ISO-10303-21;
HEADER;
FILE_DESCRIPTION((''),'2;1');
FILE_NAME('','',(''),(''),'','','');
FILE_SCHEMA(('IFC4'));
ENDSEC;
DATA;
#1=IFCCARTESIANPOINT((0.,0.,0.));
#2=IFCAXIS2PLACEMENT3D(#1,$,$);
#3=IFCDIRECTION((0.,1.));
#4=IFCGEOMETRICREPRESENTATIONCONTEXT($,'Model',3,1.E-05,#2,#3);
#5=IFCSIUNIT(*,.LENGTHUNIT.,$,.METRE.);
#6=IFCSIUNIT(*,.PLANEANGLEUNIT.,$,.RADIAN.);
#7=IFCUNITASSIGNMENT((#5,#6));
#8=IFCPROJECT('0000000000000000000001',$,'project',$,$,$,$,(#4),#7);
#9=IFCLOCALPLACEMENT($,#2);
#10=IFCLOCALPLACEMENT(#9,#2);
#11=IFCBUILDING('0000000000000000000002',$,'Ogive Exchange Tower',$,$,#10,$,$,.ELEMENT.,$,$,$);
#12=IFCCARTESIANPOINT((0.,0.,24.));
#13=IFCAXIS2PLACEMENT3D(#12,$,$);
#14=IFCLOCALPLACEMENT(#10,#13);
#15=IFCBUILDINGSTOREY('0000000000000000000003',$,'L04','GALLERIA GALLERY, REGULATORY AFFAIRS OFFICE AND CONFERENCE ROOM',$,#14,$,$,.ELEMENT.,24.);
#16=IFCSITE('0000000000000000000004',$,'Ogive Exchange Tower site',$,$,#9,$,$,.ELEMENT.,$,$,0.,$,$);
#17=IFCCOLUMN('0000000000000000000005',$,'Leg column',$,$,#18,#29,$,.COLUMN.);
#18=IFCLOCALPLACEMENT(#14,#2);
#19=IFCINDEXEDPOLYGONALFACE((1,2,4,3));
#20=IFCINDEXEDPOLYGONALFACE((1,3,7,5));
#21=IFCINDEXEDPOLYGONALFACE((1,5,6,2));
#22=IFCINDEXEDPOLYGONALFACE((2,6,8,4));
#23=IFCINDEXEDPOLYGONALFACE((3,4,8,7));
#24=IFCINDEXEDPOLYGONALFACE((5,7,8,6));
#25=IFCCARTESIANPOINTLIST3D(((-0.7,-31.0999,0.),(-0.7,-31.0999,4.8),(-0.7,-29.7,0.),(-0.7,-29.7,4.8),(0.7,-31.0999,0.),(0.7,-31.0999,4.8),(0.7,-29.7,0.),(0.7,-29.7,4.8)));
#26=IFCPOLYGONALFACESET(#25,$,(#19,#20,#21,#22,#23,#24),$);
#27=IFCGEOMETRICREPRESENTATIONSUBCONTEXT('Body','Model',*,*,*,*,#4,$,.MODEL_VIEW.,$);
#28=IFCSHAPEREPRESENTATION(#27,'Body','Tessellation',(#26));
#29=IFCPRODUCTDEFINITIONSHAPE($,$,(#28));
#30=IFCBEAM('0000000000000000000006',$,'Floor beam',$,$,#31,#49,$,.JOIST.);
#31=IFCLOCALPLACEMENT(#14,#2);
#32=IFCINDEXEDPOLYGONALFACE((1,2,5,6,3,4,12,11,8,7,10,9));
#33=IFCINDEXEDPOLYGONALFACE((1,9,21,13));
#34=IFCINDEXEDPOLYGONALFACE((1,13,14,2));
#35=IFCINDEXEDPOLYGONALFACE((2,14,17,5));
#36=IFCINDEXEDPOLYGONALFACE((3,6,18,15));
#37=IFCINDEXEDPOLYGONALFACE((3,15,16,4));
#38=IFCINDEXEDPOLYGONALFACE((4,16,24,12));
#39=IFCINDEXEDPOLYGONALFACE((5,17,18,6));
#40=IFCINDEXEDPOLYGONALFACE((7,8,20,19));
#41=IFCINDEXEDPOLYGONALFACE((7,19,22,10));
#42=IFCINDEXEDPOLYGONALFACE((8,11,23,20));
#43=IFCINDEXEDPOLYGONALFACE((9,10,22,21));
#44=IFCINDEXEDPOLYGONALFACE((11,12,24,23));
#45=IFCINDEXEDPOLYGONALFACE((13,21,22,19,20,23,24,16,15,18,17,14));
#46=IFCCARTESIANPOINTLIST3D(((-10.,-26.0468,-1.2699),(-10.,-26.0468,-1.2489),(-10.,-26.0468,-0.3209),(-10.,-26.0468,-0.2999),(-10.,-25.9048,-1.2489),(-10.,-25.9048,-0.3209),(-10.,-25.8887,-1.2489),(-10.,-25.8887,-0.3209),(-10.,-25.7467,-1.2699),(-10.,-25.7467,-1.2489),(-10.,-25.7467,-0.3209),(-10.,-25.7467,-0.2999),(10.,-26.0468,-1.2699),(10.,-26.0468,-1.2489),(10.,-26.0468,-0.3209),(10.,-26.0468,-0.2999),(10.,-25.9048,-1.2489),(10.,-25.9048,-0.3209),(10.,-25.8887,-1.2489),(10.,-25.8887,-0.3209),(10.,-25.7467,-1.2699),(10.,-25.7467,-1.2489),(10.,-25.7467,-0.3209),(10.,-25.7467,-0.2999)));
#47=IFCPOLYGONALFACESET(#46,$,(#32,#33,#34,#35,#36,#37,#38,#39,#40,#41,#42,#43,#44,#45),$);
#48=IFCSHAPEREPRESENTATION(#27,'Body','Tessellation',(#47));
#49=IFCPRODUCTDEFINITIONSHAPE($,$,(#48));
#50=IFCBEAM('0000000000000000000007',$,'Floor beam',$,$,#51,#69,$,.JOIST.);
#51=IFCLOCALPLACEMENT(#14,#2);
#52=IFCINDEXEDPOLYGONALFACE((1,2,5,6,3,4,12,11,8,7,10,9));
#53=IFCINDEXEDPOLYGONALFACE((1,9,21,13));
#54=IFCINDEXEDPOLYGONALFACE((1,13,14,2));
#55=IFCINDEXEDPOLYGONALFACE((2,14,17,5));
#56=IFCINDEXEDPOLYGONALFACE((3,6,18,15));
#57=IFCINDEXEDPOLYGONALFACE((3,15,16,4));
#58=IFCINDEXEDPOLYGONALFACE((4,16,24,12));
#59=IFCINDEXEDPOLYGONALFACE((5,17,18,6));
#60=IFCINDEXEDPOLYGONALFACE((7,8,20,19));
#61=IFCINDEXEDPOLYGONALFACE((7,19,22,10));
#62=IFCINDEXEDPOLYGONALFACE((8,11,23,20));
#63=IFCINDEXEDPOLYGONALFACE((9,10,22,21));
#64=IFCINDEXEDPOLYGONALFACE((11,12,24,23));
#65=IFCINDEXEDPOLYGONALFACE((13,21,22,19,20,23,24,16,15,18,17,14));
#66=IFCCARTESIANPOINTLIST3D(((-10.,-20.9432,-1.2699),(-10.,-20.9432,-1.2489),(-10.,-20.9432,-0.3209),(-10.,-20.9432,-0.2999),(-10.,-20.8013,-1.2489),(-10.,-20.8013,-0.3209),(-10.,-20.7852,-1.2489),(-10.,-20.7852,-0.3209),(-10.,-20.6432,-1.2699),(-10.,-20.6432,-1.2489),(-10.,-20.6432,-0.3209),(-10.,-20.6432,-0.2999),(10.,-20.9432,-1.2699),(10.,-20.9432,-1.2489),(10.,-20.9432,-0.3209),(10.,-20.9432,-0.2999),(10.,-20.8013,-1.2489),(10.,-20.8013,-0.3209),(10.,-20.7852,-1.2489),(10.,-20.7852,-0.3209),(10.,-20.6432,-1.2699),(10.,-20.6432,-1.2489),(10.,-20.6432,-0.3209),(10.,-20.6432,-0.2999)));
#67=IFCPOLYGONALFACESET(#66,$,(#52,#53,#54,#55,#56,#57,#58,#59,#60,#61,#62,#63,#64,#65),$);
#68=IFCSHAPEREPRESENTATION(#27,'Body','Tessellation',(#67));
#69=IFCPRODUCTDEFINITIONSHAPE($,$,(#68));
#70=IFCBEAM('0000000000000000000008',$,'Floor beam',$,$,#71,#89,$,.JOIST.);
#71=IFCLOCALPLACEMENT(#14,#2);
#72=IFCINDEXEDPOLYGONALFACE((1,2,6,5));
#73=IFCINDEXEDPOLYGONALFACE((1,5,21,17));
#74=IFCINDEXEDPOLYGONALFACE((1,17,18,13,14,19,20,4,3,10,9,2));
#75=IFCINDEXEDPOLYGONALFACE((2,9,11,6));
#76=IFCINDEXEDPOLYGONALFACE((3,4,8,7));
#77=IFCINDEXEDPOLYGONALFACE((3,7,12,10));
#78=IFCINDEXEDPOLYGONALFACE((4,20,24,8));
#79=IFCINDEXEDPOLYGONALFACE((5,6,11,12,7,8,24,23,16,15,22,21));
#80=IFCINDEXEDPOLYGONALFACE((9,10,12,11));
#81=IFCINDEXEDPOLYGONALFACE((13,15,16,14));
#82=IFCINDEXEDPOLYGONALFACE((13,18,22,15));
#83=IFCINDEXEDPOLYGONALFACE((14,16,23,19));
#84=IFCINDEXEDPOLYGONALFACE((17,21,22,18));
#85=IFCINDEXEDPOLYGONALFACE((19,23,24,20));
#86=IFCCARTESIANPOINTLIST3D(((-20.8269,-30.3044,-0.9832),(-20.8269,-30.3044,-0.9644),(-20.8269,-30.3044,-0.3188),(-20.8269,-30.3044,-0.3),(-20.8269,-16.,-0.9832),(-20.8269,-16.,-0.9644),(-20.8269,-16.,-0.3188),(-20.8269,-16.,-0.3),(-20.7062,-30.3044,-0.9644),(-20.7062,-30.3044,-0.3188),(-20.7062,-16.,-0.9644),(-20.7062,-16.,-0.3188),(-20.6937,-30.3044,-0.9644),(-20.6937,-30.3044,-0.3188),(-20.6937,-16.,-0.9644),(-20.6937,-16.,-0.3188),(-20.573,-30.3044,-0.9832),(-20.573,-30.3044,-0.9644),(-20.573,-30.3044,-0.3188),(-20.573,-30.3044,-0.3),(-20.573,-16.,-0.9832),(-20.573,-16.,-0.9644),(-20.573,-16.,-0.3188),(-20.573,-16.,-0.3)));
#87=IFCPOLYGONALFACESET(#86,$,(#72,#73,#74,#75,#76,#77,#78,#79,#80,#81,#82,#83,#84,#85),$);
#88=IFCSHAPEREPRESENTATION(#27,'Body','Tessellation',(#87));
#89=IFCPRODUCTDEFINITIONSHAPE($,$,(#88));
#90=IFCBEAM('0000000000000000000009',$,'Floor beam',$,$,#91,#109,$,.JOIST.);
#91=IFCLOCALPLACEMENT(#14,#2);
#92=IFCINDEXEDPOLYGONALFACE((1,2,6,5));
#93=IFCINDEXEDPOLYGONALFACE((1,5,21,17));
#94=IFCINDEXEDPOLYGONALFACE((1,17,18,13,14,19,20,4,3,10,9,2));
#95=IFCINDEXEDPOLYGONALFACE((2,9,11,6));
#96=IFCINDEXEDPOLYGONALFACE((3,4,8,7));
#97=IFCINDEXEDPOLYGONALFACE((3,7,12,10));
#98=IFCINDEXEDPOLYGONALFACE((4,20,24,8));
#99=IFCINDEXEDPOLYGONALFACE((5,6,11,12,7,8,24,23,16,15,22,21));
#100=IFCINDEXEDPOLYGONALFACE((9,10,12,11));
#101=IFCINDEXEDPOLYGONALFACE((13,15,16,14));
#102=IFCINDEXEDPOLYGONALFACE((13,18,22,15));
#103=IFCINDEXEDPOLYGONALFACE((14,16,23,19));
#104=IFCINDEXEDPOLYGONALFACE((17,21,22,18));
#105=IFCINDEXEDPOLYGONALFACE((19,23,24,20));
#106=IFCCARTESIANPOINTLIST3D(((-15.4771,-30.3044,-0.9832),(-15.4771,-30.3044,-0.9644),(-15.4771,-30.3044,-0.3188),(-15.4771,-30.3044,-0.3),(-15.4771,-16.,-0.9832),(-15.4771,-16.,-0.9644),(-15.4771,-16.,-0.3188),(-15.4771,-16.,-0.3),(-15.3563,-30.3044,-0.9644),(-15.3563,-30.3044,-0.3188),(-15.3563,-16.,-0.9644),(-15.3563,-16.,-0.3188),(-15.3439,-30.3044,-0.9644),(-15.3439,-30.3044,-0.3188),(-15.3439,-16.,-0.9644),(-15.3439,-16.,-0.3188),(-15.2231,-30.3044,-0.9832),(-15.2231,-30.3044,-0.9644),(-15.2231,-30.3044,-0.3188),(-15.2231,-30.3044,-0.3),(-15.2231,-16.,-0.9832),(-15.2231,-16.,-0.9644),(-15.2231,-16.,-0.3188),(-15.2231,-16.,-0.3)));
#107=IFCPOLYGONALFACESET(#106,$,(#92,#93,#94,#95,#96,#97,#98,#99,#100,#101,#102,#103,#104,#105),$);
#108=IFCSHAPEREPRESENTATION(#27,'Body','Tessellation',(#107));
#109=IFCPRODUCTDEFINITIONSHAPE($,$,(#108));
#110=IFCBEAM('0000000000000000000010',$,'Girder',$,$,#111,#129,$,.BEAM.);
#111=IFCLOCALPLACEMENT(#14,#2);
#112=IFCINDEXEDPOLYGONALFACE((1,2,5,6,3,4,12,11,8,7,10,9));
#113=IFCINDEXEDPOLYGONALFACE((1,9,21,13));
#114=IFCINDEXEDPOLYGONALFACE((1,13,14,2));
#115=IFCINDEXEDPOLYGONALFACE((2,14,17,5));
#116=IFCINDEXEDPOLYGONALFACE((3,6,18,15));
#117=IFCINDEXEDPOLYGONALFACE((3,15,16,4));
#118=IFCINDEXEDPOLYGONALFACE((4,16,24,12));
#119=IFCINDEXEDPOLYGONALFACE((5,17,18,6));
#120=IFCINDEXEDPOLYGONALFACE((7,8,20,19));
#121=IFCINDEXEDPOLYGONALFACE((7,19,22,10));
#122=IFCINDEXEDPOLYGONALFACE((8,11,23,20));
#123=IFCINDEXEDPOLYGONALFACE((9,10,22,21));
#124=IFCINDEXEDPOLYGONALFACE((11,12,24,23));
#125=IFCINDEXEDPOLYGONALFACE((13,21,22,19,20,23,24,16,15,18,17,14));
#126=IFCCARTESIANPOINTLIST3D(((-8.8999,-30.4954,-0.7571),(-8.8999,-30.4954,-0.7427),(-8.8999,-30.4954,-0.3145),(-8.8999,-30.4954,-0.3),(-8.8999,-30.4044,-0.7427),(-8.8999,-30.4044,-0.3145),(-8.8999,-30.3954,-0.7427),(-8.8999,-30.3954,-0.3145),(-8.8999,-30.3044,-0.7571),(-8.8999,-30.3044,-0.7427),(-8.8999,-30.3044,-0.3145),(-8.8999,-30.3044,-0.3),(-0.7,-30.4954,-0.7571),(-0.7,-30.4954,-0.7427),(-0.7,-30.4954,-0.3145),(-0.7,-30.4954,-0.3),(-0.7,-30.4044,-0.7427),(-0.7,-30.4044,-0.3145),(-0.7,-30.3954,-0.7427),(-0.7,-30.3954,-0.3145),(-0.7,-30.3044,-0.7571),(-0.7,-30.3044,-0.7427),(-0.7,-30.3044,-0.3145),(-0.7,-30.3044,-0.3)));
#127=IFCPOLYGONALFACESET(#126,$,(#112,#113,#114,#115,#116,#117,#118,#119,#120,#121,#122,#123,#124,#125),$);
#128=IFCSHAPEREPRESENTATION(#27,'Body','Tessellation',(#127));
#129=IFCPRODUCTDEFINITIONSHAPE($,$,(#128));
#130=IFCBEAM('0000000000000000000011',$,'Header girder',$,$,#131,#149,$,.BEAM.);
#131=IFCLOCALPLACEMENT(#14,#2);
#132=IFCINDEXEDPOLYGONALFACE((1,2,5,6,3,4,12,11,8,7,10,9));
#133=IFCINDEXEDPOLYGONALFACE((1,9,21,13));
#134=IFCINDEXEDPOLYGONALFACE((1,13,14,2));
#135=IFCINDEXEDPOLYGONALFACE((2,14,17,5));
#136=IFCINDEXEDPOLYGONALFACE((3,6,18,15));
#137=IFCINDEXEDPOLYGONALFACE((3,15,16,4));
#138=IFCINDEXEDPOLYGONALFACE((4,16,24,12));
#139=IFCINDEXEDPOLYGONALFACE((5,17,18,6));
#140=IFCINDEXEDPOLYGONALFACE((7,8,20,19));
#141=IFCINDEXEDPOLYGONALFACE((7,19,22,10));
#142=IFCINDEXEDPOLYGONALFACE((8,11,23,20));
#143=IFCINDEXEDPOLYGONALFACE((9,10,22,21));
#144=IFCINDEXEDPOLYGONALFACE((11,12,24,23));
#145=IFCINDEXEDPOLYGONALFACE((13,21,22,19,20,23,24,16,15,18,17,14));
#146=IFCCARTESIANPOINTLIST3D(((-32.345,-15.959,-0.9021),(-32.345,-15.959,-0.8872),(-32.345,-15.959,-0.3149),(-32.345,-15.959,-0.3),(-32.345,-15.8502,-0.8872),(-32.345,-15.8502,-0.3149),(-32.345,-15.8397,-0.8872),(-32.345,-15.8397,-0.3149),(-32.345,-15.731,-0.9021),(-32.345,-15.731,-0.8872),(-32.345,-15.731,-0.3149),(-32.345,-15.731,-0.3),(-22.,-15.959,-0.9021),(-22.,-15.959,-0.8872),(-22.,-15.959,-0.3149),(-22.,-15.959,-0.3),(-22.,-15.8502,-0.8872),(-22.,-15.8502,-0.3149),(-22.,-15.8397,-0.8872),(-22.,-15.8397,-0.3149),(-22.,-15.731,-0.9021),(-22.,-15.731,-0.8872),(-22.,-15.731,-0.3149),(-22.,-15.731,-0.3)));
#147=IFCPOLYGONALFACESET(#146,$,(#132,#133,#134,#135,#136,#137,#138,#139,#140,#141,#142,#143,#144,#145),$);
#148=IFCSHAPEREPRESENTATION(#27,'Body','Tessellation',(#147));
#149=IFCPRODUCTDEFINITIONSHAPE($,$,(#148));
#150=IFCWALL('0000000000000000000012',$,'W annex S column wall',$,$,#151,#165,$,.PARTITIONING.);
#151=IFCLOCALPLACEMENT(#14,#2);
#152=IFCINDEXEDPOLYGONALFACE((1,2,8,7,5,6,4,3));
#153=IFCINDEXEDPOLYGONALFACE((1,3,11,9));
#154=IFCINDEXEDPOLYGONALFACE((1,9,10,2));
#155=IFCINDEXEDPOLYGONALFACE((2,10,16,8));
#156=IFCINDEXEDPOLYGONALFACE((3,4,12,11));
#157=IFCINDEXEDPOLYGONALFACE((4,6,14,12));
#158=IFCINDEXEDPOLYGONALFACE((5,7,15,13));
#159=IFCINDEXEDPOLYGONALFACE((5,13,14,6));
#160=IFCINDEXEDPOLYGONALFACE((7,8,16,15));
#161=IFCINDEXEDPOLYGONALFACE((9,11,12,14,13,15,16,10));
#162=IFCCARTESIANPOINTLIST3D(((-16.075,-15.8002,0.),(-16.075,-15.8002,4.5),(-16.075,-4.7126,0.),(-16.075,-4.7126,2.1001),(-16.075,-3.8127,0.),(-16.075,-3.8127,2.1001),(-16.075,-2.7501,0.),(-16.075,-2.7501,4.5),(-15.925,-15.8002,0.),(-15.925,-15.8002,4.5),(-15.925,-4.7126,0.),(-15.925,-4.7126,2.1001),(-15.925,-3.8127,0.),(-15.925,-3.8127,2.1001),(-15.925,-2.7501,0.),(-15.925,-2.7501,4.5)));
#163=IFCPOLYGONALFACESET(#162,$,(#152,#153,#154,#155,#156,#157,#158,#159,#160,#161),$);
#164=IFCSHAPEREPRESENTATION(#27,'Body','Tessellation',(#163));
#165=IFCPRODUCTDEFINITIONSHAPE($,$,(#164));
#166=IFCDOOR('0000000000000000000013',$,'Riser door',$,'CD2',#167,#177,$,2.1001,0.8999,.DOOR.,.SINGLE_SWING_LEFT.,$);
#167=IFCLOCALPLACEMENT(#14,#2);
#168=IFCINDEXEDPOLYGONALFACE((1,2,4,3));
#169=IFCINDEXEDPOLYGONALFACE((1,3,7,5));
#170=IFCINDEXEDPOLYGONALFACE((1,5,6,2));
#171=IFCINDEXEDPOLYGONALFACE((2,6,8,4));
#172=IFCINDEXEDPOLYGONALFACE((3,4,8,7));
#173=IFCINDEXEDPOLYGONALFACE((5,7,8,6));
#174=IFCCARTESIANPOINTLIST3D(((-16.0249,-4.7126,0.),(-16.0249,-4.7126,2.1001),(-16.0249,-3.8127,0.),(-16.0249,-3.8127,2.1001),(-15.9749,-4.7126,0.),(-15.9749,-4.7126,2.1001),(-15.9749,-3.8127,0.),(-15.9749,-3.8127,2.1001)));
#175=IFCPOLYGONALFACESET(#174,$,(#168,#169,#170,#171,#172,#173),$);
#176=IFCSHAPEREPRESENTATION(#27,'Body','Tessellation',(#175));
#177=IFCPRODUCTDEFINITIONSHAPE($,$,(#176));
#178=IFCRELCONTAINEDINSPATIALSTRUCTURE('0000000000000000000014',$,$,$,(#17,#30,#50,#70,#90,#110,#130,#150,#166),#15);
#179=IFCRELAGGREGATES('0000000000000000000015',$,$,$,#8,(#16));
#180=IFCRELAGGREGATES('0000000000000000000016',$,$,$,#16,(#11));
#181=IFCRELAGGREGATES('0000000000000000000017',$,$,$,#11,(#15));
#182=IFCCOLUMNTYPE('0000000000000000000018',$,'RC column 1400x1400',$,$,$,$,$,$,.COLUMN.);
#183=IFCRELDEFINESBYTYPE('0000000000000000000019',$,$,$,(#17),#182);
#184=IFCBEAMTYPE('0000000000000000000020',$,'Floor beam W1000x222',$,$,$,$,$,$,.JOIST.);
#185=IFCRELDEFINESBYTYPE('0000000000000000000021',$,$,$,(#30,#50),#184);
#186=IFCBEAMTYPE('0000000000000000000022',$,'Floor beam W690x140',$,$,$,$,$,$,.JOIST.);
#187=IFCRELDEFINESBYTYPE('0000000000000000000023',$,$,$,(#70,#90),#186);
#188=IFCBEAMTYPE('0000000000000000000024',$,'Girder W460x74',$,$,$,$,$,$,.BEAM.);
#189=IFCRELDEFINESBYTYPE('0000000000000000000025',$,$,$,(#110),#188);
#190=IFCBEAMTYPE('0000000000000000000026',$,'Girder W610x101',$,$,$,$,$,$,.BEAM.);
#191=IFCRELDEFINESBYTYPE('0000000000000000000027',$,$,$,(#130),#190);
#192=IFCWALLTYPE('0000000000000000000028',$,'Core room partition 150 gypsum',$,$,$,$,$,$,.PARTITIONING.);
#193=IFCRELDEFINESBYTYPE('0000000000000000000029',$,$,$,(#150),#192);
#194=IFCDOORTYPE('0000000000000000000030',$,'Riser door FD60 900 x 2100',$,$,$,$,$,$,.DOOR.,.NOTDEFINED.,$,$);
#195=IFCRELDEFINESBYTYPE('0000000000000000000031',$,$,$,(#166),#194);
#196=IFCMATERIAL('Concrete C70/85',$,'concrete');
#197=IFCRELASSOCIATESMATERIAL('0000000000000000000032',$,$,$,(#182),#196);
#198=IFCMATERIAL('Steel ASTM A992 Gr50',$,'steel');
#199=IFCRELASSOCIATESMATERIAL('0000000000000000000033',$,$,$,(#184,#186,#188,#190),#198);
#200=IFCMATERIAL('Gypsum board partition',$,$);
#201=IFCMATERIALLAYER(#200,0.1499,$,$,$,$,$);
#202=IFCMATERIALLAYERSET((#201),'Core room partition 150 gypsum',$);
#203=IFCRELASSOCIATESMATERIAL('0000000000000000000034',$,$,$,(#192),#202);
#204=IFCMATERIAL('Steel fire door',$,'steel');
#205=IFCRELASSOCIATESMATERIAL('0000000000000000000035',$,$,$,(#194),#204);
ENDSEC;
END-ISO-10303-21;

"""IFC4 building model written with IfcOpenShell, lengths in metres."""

from ifc_helpers import new_model, si_unit, direction, frame, frame_2d, origin, origin_2d, place, context, subcontext, project, spatial, rectangle, i_section, extrude, material, layer, layer_set, material_profile, profile_set, type_object, element, fill, save


model = new_model("IFC4")

# Units and contexts
model_context = context("Model", 3, precision=1e-05, world=origin(), true_north=direction((0.0, 1.0)))
body_context = subcontext(model_context, "Body", "Model", "MODEL_VIEW")
ifc_project = project(units=[si_unit("LENGTHUNIT", "METRE"), si_unit("PLANEANGLEUNIT", "RADIAN")], contexts=[model_context])

# Site, building, storey
site_placement = place(None, origin())
site = spatial("IfcSite", under=ifc_project, at=site_placement, Name="Ogive Exchange Tower site", CompositionType="ELEMENT", RefElevation=0.0)
building_placement = place(site_placement, origin())
building = spatial("IfcBuilding", under=site, at=building_placement, Name="Ogive Exchange Tower", CompositionType="ELEMENT")
storey_placement = place(building_placement, frame((0.0, 0.0, 24.0)))
storey = spatial("IfcBuildingStorey", under=building, at=storey_placement, Name="L04", Description="GALLERIA GALLERY, REGULATORY AFFAIRS OFFICE AND CONFERENCE ROOM", CompositionType="ELEMENT", Elevation=24.0)

# Column
ifc_material_1 = material(Name="Concrete C70/85", Category="concrete")
ifc_material_profile_1 = material_profile(ifc_material_1, rectangle(XDim=1.3999, YDim=1.3999, at=origin_2d()), Name="RC 1400x1400")
ifc_profile_set_1 = profile_set([ifc_material_profile_1], Name="Concrete C70/85")
column_type = type_object("IfcColumnType", Name="RC column 1400x1400", PredefinedType="COLUMN", material=ifc_profile_set_1)
column_placement = place(storey_placement, frame((0.0, -30.3999, 0.0), z_axis=(0.0, 0.0, 1.0), x_axis=(1.0, 0.0, 0.0)))
element("IfcColumn", 1, at=column_placement, inside=storey, type_object=column_type, Name="Leg column", PredefinedType="COLUMN", context=body_context, shape_type="SweptSolid", body=[
    extrude(rectangle(XDim=1.3999, YDim=1.3999, at=origin_2d()), origin(), (0.0, 0.0, 1.0), 4.8),
])

# Beams
ifc_material_2 = material(Name="Steel ASTM A992 Gr50", Category="steel")
ifc_material_profile_2 = material_profile(ifc_material_2, i_section(OverallWidth=0.3, OverallDepth=0.97, WebThickness=0.0161, FlangeThickness=0.021, at=origin_2d()), Name="W1000x222")
ifc_profile_set_2 = profile_set([ifc_material_profile_2], Name="Steel ASTM A992 Gr50")
beam_type_1 = type_object("IfcBeamType", Name="Floor beam W1000x222", PredefinedType="JOIST", material=ifc_profile_set_2)
for number, where, z_axis, x_axis, name in (
    (2, (-10.0, -25.8967, -0.7849), (1.0, 0.0, 0.0), (0.0, 1.0, 0.0), "Floor beam"),
    (3, (-10.0, -20.7932, -0.7849), (1.0, 0.0, 0.0), (0.0, 1.0, 0.0), "Floor beam"),
):
    element("IfcBeam", number, at=place(storey_placement, frame(where, z_axis=z_axis, x_axis=x_axis)), inside=storey, type_object=beam_type_1, Name=name, PredefinedType="JOIST", context=body_context, shape_type="SweptSolid", body=[
        extrude(i_section(OverallWidth=0.3, OverallDepth=0.97, WebThickness=0.0161, FlangeThickness=0.021, at=origin_2d()), origin(), (0.0, 0.0, 1.0), 20.0),
    ])
ifc_material_profile_3 = material_profile(ifc_material_2, i_section(OverallWidth=0.2539, OverallDepth=0.6831, WebThickness=0.0125, FlangeThickness=0.0188, at=origin_2d()), Name="W690x140")
ifc_profile_set_3 = profile_set([ifc_material_profile_3], Name="Steel ASTM A992 Gr50")
beam_type_2 = type_object("IfcBeamType", Name="Floor beam W690x140", PredefinedType="JOIST", material=ifc_profile_set_3)
for number, where, z_axis, x_axis, name in (
    (4, (-20.7, -30.3044, -0.6416), (0.0, 1.0, 0.0), (-1.0, 0.0, 0.0), "Floor beam"),
    (5, (-15.3501, -30.3044, -0.6416), (0.0, 1.0, 0.0), (-1.0, 0.0, 0.0), "Floor beam"),
):
    element("IfcBeam", number, at=place(storey_placement, frame(where, z_axis=z_axis, x_axis=x_axis)), inside=storey, type_object=beam_type_2, Name=name, PredefinedType="JOIST", context=body_context, shape_type="SweptSolid", body=[
        extrude(i_section(OverallWidth=0.2539, OverallDepth=0.6831, WebThickness=0.0125, FlangeThickness=0.0188, at=origin_2d()), origin(), (0.0, 0.0, 1.0), 14.3044),
    ])
ifc_material_profile_4 = material_profile(ifc_material_2, i_section(OverallWidth=0.1909, OverallDepth=0.457, WebThickness=0.009, FlangeThickness=0.0144, at=origin_2d()), Name="W460x74")
ifc_profile_set_4 = profile_set([ifc_material_profile_4], Name="Steel ASTM A992 Gr50")
beam_type_3 = type_object("IfcBeamType", Name="Girder W460x74", PredefinedType="BEAM", material=ifc_profile_set_4)
beam_1_placement = place(storey_placement, frame((-8.8999, -30.3999, -0.5286), z_axis=(1.0, 0.0, 0.0), x_axis=(0.0, 1.0, 0.0)))
element("IfcBeam", 6, at=beam_1_placement, inside=storey, type_object=beam_type_3, Name="Girder", PredefinedType="BEAM", context=body_context, shape_type="SweptSolid", body=[
    extrude(i_section(OverallWidth=0.1909, OverallDepth=0.457, WebThickness=0.009, FlangeThickness=0.0144, at=origin_2d()), origin(), (0.0, 0.0, 1.0), 8.2),
])
ifc_material_profile_5 = material_profile(ifc_material_2, i_section(OverallWidth=0.228, OverallDepth=0.6021, WebThickness=0.0105, FlangeThickness=0.0149, at=origin_2d()), Name="W610x101")
ifc_profile_set_5 = profile_set([ifc_material_profile_5], Name="Steel ASTM A992 Gr50")
beam_type_4 = type_object("IfcBeamType", Name="Girder W610x101", PredefinedType="BEAM", material=ifc_profile_set_5)
beam_2_placement = place(storey_placement, frame((-22.0, -15.845, -0.6011), z_axis=(-1.0, 0.0, 0.0), x_axis=(0.0, -1.0, 0.0)))
element("IfcBeam", 7, at=beam_2_placement, inside=storey, type_object=beam_type_4, Name="Header girder", PredefinedType="BEAM", context=body_context, shape_type="SweptSolid", body=[
    extrude(i_section(OverallWidth=0.228, OverallDepth=0.6021, WebThickness=0.0105, FlangeThickness=0.0149, at=origin_2d()), origin(), (0.0, 0.0, 1.0), 10.345),
])

# Wall, opening, door
ifc_material_3 = material(Name="Gypsum board partition")
ifc_layer_1 = layer(ifc_material_3, 0.1499)
ifc_layer_set_1 = layer_set([ifc_layer_1], Name="Core room partition 150 gypsum")
wall_type_1 = type_object("IfcWallType", Name="Core room partition 150 gypsum", PredefinedType="PARTITIONING", material=ifc_layer_set_1)
wall_1_placement = place(storey_placement, frame((-16.0, -15.8, 0.0), z_axis=(0.0, 0.0, 1.0), x_axis=(0.0, 1.0, 0.0)))
wall_1 = element("IfcWall", 8, at=wall_1_placement, inside=storey, type_object=wall_type_1, Name="W annex S column wall", PredefinedType="PARTITIONING", context=body_context, shape_type="SweptSolid", body=[
    extrude(rectangle(XDim=13.05, YDim=0.1499, at=frame_2d((6.5249, 0.0))), origin(), (0.0, 0.0, 1.0), 4.5),
])
opening_1_placement = place(wall_1_placement, frame((11.0874, 0.0, 0.0)))
opening_1 = element("IfcOpeningElement", 9, at=opening_1_placement, cuts=wall_1, PredefinedType="OPENING", context=body_context, shape_type="SweptSolid", body=[
    extrude(rectangle(XDim=0.8999, YDim=2.1001, at=frame_2d((0.45, 1.05))), frame((0.0, 0.085, 0.0), z_axis=(0.0, -1.0, 0.0), x_axis=(1.0, 0.0, 0.0)), (0.0, 0.0, 1.0), 0.1699),
])
ifc_material_4 = material(Name="Steel fire door", Category="steel")
door_type_1 = type_object("IfcDoorType", Name="Riser door FD60 900 x 2100", OperationType="NOTDEFINED", PredefinedType="DOOR", material=ifc_material_4)
door_1_placement = place(opening_1_placement, origin())
door_1 = element("IfcDoor", 10, at=door_1_placement, inside=storey, type_object=door_type_1, Name="Riser door", ObjectType="CD2", OperationType="SINGLE_SWING_LEFT", OverallHeight=2.1001, OverallWidth=0.8999, PredefinedType="DOOR", context=body_context, shape_type="SweptSolid", body=[
    extrude(rectangle(XDim=0.8999, YDim=2.1001, at=frame_2d((0.45, 1.05))), frame((0.0, 0.0249, 0.0), z_axis=(0.0, -1.0, 0.0), x_axis=(1.0, 0.0, 0.0)), (0.0, 0.0, 1.0), 0.05),
])
fill(opening_1, door_1)

save(model, "model.ifc")
